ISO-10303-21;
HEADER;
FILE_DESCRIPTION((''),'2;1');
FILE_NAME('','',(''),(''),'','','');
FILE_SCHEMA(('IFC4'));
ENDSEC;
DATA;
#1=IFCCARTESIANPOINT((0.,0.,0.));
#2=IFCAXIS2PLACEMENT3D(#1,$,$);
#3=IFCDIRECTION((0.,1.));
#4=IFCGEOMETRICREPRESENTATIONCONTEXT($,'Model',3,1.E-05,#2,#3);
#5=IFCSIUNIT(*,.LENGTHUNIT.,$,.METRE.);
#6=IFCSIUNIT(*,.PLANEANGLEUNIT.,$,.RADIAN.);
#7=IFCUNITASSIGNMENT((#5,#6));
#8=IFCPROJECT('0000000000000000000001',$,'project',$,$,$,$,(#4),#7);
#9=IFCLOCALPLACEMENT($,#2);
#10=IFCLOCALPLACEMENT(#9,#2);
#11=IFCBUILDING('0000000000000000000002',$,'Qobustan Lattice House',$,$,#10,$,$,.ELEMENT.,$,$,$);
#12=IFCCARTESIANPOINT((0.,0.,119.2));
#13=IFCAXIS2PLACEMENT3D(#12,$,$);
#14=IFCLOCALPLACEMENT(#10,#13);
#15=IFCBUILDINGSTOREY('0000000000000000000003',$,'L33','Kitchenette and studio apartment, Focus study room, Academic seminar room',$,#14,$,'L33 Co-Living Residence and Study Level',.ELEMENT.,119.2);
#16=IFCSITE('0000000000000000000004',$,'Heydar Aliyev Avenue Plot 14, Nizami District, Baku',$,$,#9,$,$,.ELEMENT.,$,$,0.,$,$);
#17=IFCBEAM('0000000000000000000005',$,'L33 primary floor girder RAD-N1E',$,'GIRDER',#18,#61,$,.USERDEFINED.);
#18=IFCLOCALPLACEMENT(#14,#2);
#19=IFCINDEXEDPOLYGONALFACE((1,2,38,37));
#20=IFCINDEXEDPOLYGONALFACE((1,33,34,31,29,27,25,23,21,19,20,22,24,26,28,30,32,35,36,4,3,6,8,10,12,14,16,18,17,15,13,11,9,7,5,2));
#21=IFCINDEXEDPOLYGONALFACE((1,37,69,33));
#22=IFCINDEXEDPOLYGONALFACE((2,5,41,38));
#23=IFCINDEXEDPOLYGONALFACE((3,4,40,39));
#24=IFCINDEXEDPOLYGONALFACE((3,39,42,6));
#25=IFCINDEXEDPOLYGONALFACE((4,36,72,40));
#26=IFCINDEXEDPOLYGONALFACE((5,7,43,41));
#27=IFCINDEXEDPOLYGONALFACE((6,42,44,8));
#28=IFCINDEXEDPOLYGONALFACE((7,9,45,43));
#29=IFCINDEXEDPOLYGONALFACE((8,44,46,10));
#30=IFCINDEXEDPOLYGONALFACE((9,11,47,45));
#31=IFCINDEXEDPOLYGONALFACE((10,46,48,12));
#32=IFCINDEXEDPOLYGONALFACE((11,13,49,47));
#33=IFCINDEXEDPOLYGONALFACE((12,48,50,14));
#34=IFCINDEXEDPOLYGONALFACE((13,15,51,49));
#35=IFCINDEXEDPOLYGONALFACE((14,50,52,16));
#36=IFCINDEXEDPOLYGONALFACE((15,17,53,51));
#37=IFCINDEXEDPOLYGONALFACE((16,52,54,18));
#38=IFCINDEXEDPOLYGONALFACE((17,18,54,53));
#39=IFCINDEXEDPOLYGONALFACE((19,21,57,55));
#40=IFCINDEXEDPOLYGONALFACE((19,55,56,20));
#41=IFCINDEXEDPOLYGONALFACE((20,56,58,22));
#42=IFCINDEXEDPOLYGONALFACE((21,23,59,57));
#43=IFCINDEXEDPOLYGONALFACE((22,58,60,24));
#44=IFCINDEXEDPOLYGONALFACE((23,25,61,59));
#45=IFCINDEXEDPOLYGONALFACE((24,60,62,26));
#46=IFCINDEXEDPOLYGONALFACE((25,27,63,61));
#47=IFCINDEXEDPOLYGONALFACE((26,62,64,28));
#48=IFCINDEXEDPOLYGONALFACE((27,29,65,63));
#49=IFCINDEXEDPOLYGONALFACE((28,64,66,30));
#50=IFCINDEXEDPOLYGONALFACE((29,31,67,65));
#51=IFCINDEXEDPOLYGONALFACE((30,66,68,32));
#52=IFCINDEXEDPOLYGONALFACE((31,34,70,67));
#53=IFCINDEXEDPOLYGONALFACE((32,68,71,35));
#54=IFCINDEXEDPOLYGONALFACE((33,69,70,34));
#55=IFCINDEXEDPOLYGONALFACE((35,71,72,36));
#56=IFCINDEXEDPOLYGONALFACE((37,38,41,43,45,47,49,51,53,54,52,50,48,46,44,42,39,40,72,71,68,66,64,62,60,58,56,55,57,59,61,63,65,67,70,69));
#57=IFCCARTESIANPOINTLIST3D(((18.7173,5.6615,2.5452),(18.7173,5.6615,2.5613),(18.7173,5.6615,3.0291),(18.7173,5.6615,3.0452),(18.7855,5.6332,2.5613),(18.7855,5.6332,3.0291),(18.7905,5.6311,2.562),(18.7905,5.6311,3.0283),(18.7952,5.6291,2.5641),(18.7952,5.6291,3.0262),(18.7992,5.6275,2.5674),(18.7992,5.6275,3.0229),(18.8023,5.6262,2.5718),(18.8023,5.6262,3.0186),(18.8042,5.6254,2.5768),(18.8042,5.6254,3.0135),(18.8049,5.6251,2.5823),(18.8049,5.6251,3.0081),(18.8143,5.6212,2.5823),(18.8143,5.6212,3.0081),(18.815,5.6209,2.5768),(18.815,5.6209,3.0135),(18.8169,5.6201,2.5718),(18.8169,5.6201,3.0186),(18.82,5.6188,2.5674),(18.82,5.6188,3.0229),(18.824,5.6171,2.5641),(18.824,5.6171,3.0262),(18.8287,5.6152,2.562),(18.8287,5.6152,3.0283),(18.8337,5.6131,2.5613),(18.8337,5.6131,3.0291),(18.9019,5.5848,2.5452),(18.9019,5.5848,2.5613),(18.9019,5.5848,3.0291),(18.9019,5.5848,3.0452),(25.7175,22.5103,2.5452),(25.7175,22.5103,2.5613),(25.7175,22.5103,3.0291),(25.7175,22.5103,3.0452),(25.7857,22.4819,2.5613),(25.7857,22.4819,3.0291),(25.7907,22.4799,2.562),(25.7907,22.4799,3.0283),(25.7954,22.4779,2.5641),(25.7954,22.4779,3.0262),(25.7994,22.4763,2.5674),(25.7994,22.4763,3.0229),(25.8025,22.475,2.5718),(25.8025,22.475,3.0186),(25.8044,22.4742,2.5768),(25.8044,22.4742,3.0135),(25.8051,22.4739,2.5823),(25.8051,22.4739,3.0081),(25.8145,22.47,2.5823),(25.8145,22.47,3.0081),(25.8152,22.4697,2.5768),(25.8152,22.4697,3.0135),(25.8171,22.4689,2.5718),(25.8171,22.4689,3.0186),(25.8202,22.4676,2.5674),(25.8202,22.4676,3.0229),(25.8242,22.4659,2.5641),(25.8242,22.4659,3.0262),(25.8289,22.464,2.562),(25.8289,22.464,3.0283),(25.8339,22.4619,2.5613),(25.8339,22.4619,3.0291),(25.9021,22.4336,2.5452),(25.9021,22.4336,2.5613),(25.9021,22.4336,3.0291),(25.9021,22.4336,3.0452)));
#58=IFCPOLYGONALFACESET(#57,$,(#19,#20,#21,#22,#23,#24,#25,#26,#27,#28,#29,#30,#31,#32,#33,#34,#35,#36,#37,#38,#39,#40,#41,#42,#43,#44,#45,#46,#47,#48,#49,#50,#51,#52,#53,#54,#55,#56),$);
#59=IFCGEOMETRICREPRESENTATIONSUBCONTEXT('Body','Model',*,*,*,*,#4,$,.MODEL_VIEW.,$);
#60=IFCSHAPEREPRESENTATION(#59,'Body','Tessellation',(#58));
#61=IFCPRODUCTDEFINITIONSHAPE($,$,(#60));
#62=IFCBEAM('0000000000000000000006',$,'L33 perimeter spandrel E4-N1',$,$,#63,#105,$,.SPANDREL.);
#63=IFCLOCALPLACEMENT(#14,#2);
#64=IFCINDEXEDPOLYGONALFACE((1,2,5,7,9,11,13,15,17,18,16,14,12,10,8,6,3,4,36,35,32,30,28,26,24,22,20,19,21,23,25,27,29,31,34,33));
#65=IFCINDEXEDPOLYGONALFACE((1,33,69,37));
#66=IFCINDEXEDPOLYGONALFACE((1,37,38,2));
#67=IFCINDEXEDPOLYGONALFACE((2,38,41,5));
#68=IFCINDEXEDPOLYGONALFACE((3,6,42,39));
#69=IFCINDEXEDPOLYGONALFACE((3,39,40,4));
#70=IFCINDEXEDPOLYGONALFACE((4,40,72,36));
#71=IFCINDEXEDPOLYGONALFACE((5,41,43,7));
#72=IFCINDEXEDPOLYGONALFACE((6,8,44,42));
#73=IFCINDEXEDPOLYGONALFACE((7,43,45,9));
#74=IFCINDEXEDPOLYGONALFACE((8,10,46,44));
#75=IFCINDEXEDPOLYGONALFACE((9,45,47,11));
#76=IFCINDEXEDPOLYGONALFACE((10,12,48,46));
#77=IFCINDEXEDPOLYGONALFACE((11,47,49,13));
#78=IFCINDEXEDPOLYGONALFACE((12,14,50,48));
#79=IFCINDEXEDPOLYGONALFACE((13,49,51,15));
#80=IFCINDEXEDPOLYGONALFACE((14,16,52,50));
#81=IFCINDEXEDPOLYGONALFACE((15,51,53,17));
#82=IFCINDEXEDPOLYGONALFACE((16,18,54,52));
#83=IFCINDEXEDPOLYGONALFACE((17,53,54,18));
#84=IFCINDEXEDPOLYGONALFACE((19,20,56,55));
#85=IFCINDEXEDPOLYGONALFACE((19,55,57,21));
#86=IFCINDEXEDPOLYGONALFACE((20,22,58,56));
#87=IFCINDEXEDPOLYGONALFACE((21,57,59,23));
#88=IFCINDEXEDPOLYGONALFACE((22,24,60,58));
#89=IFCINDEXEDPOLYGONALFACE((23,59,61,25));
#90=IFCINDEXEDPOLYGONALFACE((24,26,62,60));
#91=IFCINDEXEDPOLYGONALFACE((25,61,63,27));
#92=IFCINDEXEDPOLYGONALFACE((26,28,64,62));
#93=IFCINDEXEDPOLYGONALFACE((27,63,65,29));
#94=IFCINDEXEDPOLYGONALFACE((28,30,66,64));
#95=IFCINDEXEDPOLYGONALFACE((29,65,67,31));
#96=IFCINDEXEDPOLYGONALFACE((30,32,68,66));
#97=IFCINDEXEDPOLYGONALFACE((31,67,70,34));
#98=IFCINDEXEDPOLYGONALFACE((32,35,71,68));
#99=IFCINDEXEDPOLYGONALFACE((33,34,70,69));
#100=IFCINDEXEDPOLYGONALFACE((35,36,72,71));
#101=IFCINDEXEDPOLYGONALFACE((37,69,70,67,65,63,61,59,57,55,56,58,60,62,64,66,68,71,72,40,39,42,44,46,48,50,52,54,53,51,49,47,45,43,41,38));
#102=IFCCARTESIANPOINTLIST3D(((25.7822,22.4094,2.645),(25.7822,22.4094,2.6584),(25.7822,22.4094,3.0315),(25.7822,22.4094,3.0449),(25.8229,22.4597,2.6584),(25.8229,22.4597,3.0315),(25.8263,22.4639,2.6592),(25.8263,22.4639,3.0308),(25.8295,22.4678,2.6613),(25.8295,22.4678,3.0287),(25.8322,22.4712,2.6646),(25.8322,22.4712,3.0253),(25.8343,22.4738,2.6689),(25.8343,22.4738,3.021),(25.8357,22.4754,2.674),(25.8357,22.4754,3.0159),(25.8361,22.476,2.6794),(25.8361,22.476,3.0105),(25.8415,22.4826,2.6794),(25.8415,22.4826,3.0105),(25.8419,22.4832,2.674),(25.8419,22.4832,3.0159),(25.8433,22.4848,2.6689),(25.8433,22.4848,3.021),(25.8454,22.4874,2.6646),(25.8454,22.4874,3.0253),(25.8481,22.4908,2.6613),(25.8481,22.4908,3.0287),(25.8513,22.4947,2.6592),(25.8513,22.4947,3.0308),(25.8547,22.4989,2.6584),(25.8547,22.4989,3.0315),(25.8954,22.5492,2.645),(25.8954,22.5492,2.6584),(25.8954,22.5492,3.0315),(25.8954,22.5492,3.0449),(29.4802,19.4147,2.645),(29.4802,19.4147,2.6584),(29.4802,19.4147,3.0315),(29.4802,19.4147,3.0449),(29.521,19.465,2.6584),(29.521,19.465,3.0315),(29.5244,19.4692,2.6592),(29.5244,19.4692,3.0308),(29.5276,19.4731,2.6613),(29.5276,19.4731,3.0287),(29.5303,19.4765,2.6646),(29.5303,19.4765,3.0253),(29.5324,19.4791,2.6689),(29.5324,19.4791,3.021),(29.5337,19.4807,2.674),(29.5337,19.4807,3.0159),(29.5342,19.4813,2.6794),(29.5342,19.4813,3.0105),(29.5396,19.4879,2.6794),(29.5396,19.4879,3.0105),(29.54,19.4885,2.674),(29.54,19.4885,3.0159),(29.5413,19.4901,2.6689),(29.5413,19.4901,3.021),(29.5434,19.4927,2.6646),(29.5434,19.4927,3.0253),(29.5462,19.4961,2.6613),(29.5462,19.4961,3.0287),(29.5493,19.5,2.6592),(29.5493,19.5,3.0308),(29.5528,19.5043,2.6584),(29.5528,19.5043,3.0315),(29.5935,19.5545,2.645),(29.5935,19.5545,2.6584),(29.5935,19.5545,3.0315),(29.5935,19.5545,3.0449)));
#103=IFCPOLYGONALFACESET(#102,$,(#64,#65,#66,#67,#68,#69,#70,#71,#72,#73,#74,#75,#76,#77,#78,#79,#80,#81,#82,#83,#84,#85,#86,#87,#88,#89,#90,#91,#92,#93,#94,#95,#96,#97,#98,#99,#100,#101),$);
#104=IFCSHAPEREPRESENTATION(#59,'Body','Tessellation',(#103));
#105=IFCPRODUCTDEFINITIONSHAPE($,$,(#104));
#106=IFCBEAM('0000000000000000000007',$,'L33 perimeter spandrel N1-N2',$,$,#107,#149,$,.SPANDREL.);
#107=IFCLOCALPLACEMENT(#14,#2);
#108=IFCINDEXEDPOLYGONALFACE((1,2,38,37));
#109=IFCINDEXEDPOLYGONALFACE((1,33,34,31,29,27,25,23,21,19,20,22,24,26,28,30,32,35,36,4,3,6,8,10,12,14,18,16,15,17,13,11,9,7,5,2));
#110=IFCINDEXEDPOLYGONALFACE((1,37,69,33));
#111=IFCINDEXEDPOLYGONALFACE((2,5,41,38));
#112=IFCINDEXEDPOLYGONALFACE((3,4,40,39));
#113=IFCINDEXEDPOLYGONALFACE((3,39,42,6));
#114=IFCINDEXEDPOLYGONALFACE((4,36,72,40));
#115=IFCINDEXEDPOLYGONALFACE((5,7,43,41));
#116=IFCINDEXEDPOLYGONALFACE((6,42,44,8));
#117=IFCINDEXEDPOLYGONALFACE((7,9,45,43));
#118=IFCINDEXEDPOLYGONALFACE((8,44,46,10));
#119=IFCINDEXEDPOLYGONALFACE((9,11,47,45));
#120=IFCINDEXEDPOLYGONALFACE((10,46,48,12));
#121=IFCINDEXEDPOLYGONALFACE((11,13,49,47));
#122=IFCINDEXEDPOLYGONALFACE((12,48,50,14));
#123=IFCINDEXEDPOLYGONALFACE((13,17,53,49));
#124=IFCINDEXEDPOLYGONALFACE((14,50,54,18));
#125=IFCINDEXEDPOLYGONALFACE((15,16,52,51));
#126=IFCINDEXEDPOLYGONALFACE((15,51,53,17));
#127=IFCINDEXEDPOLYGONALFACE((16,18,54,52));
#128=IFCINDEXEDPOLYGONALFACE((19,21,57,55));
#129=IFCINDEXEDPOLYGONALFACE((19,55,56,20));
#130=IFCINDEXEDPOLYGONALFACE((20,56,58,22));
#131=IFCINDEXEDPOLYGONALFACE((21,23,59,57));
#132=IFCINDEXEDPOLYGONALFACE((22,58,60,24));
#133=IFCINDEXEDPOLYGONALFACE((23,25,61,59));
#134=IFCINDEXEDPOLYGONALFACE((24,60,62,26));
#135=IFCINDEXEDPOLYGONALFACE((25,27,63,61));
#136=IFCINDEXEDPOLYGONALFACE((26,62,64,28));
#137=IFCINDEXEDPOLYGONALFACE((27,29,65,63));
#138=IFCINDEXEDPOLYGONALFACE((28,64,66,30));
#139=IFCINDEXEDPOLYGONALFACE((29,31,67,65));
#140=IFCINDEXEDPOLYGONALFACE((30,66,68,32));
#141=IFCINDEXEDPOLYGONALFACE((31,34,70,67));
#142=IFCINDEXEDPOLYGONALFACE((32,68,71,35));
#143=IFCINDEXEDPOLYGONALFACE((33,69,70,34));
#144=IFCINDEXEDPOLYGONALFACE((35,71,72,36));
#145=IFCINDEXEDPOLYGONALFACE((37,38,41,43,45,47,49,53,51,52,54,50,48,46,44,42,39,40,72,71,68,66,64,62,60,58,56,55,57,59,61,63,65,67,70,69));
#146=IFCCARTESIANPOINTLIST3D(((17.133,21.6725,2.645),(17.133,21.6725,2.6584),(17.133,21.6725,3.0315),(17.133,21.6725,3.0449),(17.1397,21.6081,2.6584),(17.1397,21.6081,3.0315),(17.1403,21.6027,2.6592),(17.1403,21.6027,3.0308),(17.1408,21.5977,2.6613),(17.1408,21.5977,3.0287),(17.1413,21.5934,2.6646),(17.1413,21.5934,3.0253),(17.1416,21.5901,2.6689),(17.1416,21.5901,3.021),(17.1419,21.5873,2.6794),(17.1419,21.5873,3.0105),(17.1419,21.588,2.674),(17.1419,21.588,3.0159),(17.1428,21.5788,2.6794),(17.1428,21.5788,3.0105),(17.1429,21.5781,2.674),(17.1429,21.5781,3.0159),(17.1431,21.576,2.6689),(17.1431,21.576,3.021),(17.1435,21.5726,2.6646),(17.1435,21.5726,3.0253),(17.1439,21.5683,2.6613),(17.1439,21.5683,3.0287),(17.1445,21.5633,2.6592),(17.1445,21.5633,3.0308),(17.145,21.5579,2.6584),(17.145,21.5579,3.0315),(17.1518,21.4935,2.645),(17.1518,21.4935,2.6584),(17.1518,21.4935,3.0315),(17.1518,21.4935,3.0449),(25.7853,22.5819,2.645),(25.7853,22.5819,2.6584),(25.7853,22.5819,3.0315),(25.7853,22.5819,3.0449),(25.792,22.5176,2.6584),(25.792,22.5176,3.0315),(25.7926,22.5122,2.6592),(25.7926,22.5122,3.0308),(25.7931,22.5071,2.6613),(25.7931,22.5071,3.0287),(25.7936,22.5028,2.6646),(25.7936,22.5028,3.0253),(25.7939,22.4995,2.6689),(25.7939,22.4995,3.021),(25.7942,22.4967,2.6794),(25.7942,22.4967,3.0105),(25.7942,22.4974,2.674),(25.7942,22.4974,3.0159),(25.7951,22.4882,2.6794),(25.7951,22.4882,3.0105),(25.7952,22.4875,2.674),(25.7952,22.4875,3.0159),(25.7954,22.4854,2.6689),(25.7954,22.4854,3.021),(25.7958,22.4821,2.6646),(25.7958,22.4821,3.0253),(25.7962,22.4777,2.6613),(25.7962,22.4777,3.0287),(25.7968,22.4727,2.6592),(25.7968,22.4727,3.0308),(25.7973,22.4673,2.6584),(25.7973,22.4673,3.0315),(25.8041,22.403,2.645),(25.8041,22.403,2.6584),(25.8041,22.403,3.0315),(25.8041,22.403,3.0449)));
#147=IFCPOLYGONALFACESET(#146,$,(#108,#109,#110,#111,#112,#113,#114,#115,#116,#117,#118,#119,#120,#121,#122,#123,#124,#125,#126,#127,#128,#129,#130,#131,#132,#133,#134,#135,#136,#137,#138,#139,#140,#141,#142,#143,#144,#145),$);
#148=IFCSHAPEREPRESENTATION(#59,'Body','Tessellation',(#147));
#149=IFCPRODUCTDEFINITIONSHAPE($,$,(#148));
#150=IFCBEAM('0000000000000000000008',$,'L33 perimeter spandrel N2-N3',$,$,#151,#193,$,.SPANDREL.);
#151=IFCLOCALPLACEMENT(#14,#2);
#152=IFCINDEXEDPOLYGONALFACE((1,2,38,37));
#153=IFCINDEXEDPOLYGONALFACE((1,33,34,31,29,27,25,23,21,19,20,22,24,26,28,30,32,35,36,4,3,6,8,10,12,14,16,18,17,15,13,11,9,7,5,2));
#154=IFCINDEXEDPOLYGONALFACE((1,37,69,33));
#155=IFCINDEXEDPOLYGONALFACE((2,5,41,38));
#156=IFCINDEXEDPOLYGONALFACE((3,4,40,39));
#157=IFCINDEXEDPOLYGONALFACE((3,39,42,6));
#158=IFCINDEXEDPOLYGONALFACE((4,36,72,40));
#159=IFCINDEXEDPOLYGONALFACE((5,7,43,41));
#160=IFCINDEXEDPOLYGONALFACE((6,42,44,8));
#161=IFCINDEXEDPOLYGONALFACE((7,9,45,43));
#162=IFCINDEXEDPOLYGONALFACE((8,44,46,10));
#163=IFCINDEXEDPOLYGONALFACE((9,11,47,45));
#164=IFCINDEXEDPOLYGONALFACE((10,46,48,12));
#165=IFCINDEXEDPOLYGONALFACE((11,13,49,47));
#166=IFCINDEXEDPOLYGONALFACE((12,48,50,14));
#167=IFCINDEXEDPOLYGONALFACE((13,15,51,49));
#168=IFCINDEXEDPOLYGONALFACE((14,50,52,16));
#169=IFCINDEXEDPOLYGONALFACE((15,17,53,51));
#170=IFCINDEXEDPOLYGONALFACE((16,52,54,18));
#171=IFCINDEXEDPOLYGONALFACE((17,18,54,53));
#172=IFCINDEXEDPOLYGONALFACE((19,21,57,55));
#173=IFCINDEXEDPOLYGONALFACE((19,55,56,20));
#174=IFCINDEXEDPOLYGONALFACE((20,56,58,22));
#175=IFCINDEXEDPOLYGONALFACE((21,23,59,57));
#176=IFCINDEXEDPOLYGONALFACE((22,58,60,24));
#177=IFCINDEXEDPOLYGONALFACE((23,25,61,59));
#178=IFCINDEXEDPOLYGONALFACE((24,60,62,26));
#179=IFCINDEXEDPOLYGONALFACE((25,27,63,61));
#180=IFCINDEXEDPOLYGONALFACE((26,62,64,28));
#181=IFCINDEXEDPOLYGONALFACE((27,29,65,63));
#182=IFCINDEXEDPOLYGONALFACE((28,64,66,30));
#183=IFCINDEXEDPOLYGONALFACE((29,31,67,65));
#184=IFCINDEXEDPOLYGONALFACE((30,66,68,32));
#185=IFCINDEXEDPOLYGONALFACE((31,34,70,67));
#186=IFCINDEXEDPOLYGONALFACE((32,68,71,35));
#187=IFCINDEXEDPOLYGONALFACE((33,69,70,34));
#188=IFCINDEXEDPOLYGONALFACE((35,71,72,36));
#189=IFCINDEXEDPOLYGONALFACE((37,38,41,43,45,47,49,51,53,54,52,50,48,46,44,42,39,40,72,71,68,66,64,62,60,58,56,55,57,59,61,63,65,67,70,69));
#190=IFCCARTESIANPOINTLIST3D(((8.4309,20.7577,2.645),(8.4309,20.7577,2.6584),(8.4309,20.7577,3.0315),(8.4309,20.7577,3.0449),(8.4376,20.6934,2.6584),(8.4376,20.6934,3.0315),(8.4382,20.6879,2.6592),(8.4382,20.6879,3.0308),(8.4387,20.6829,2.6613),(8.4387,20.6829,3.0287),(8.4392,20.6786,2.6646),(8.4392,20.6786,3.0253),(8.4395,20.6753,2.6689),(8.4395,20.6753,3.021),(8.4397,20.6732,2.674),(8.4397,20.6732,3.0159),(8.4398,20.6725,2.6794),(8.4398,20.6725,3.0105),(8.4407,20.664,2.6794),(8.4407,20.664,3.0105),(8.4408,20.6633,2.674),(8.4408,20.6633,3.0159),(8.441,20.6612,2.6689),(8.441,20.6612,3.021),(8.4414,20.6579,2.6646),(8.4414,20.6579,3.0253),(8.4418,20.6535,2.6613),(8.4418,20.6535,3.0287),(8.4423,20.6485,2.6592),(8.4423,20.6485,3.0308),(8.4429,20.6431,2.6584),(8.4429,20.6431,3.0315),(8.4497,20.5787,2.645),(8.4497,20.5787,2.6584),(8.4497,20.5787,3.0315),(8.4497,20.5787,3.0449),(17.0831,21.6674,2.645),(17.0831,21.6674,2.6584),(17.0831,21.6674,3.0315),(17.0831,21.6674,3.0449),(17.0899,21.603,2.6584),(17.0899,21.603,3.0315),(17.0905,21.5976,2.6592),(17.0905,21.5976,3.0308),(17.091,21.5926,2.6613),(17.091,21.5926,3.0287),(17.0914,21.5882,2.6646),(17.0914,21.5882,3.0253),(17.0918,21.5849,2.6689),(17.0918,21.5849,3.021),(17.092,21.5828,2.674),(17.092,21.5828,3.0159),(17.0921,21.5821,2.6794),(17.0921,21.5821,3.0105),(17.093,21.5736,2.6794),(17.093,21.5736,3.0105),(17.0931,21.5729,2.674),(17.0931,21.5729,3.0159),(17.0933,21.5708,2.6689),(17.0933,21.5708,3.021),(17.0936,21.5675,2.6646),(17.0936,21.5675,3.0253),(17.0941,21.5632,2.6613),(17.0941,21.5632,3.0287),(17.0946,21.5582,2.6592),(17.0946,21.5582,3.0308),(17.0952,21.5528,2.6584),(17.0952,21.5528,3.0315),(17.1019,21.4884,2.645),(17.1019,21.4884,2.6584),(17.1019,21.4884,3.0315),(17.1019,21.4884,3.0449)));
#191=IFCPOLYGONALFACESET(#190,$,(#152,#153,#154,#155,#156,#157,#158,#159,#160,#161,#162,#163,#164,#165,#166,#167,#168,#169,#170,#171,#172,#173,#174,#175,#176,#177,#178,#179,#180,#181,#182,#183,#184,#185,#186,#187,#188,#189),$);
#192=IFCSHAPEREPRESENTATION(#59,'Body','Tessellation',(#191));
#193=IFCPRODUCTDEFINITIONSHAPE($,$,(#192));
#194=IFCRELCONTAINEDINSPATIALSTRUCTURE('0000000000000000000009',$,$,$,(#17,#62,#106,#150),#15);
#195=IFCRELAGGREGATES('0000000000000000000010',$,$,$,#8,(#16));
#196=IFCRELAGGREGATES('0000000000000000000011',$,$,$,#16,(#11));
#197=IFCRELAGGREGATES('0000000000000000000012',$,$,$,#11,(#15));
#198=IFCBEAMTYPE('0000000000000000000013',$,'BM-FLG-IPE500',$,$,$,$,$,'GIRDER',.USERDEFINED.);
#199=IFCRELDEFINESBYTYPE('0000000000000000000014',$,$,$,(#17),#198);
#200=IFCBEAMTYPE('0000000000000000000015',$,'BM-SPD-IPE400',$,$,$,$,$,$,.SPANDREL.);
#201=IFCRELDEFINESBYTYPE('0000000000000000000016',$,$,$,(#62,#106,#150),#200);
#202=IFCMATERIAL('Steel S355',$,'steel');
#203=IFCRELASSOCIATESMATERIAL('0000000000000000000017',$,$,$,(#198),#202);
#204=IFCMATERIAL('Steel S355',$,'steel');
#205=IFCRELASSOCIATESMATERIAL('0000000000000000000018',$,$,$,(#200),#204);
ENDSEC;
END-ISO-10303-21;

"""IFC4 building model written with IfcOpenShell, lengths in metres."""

from ifc_helpers import new_model, si_unit, direction, frame, origin, origin_2d, place, context, subcontext, project, spatial, i_section, extrude, material, material_profile, profile_set, type_object, element, save


model = new_model("IFC4")

# Units and contexts
model_context = context("Model", 3, precision=1e-05, world=origin(), true_north=direction((0.0, 1.0)))
body_context = subcontext(model_context, "Body", "Model", "MODEL_VIEW")
ifc_project = project(units=[si_unit("LENGTHUNIT", "METRE"), si_unit("PLANEANGLEUNIT", "RADIAN")], contexts=[model_context])

# Site, building, storey
site_placement = place(None, origin())
site = spatial("IfcSite", under=ifc_project, at=site_placement, Name="Heydar Aliyev Avenue Plot 14, Nizami District, Baku", CompositionType="ELEMENT", RefElevation=0.0)
building_placement = place(site_placement, origin())
building = spatial("IfcBuilding", under=site, at=building_placement, Name="Qobustan Lattice House", CompositionType="ELEMENT")
storey_placement = place(building_placement, frame((0.0, 0.0, 119.2)))
storey = spatial("IfcBuildingStorey", under=building, at=storey_placement, Name="L33", Description="Kitchenette and studio apartment, Focus study room, Academic seminar room", LongName="L33 Co-Living Residence and Study Level", CompositionType="ELEMENT", Elevation=119.2)

# Beams
ifc_material_1 = material(Name="Steel S355", Category="steel")
ifc_material_profile_1 = material_profile(ifc_material_1, i_section(OverallWidth=0.2, OverallDepth=0.5, WebThickness=0.0103, FlangeThickness=0.0161, FilletRadius=0.021, at=origin_2d()), Name="IPE500")
ifc_profile_set_1 = profile_set([ifc_material_profile_1], Name="Steel S355")
beam_type_1 = type_object("IfcBeamType", Name="BM-FLG-IPE500", ElementType="GIRDER", PredefinedType="USERDEFINED", material=ifc_profile_set_1)
beam_1_placement = place(storey_placement, frame((25.8098, 22.4719, 2.7952), z_axis=(-0.383676, -0.923468, 0.0), x_axis=(0.923468, -0.383676, 0.0)))
element("IfcBeam", 1, at=beam_1_placement, inside=storey, type_object=beam_type_1, Name="L33 primary floor girder RAD-N1E", ObjectType="GIRDER", PredefinedType="USERDEFINED", context=body_context, shape_type="SweptSolid", body=[
    extrude(i_section(OverallWidth=0.2, OverallDepth=0.5, WebThickness=0.0103, FlangeThickness=0.0161, FilletRadius=0.021, at=origin_2d()), origin(), (0.0, 0.0, 1.0), 18.2451),
])
ifc_material_2 = material(Name="Steel S355", Category="steel")
ifc_material_profile_2 = material_profile(ifc_material_2, i_section(OverallWidth=0.1799, OverallDepth=0.3999, WebThickness=0.0085, FlangeThickness=0.0134, FilletRadius=0.021, at=origin_2d()), Name="IPE400")
ifc_profile_set_2 = profile_set([ifc_material_profile_2], Name="Steel S355")
beam_type_2 = type_object("IfcBeamType", Name="BM-SPD-IPE400", PredefinedType="SPANDREL", material=ifc_profile_set_2)
beam_2_placement = place(storey_placement, frame((29.5369, 19.4846, 2.845), z_axis=(-0.777141, 0.629327, 0.0), x_axis=(-0.629327, -0.777141, 0.0)))
element("IfcBeam", 2, at=beam_2_placement, inside=storey, type_object=beam_type_2, Name="L33 perimeter spandrel E4-N1", PredefinedType="SPANDREL", context=body_context, shape_type="SweptSolid", body=[
    extrude(i_section(OverallWidth=0.1799, OverallDepth=0.3999, WebThickness=0.0085, FlangeThickness=0.0134, FilletRadius=0.021, at=origin_2d()), origin(), (0.0, 0.0, 1.0), 4.7585),
])
for number, where, z_axis, x_axis, name in (
    (3, (25.7947, 22.4924, 2.845), (-0.994522, -0.104531, 0.0), (0.104531, -0.994522, 0.0), "L33 perimeter spandrel N1-N2"),
    (4, (17.0925, 21.5779, 2.845), (-0.994519, -0.104559, 0.0), (0.104559, -0.994519, 0.0), "L33 perimeter spandrel N2-N3"),
):
    element("IfcBeam", number, at=place(storey_placement, frame(where, z_axis=z_axis, x_axis=x_axis)), inside=storey, type_object=beam_type_2, Name=name, PredefinedType="SPANDREL", context=body_context, shape_type="SweptSolid", body=[
        extrude(i_section(OverallWidth=0.1799, OverallDepth=0.3999, WebThickness=0.0085, FlangeThickness=0.0134, FilletRadius=0.021, at=origin_2d()), origin(), (0.0, 0.0, 1.0), 8.7),
    ])

save(model, "model.ifc")
